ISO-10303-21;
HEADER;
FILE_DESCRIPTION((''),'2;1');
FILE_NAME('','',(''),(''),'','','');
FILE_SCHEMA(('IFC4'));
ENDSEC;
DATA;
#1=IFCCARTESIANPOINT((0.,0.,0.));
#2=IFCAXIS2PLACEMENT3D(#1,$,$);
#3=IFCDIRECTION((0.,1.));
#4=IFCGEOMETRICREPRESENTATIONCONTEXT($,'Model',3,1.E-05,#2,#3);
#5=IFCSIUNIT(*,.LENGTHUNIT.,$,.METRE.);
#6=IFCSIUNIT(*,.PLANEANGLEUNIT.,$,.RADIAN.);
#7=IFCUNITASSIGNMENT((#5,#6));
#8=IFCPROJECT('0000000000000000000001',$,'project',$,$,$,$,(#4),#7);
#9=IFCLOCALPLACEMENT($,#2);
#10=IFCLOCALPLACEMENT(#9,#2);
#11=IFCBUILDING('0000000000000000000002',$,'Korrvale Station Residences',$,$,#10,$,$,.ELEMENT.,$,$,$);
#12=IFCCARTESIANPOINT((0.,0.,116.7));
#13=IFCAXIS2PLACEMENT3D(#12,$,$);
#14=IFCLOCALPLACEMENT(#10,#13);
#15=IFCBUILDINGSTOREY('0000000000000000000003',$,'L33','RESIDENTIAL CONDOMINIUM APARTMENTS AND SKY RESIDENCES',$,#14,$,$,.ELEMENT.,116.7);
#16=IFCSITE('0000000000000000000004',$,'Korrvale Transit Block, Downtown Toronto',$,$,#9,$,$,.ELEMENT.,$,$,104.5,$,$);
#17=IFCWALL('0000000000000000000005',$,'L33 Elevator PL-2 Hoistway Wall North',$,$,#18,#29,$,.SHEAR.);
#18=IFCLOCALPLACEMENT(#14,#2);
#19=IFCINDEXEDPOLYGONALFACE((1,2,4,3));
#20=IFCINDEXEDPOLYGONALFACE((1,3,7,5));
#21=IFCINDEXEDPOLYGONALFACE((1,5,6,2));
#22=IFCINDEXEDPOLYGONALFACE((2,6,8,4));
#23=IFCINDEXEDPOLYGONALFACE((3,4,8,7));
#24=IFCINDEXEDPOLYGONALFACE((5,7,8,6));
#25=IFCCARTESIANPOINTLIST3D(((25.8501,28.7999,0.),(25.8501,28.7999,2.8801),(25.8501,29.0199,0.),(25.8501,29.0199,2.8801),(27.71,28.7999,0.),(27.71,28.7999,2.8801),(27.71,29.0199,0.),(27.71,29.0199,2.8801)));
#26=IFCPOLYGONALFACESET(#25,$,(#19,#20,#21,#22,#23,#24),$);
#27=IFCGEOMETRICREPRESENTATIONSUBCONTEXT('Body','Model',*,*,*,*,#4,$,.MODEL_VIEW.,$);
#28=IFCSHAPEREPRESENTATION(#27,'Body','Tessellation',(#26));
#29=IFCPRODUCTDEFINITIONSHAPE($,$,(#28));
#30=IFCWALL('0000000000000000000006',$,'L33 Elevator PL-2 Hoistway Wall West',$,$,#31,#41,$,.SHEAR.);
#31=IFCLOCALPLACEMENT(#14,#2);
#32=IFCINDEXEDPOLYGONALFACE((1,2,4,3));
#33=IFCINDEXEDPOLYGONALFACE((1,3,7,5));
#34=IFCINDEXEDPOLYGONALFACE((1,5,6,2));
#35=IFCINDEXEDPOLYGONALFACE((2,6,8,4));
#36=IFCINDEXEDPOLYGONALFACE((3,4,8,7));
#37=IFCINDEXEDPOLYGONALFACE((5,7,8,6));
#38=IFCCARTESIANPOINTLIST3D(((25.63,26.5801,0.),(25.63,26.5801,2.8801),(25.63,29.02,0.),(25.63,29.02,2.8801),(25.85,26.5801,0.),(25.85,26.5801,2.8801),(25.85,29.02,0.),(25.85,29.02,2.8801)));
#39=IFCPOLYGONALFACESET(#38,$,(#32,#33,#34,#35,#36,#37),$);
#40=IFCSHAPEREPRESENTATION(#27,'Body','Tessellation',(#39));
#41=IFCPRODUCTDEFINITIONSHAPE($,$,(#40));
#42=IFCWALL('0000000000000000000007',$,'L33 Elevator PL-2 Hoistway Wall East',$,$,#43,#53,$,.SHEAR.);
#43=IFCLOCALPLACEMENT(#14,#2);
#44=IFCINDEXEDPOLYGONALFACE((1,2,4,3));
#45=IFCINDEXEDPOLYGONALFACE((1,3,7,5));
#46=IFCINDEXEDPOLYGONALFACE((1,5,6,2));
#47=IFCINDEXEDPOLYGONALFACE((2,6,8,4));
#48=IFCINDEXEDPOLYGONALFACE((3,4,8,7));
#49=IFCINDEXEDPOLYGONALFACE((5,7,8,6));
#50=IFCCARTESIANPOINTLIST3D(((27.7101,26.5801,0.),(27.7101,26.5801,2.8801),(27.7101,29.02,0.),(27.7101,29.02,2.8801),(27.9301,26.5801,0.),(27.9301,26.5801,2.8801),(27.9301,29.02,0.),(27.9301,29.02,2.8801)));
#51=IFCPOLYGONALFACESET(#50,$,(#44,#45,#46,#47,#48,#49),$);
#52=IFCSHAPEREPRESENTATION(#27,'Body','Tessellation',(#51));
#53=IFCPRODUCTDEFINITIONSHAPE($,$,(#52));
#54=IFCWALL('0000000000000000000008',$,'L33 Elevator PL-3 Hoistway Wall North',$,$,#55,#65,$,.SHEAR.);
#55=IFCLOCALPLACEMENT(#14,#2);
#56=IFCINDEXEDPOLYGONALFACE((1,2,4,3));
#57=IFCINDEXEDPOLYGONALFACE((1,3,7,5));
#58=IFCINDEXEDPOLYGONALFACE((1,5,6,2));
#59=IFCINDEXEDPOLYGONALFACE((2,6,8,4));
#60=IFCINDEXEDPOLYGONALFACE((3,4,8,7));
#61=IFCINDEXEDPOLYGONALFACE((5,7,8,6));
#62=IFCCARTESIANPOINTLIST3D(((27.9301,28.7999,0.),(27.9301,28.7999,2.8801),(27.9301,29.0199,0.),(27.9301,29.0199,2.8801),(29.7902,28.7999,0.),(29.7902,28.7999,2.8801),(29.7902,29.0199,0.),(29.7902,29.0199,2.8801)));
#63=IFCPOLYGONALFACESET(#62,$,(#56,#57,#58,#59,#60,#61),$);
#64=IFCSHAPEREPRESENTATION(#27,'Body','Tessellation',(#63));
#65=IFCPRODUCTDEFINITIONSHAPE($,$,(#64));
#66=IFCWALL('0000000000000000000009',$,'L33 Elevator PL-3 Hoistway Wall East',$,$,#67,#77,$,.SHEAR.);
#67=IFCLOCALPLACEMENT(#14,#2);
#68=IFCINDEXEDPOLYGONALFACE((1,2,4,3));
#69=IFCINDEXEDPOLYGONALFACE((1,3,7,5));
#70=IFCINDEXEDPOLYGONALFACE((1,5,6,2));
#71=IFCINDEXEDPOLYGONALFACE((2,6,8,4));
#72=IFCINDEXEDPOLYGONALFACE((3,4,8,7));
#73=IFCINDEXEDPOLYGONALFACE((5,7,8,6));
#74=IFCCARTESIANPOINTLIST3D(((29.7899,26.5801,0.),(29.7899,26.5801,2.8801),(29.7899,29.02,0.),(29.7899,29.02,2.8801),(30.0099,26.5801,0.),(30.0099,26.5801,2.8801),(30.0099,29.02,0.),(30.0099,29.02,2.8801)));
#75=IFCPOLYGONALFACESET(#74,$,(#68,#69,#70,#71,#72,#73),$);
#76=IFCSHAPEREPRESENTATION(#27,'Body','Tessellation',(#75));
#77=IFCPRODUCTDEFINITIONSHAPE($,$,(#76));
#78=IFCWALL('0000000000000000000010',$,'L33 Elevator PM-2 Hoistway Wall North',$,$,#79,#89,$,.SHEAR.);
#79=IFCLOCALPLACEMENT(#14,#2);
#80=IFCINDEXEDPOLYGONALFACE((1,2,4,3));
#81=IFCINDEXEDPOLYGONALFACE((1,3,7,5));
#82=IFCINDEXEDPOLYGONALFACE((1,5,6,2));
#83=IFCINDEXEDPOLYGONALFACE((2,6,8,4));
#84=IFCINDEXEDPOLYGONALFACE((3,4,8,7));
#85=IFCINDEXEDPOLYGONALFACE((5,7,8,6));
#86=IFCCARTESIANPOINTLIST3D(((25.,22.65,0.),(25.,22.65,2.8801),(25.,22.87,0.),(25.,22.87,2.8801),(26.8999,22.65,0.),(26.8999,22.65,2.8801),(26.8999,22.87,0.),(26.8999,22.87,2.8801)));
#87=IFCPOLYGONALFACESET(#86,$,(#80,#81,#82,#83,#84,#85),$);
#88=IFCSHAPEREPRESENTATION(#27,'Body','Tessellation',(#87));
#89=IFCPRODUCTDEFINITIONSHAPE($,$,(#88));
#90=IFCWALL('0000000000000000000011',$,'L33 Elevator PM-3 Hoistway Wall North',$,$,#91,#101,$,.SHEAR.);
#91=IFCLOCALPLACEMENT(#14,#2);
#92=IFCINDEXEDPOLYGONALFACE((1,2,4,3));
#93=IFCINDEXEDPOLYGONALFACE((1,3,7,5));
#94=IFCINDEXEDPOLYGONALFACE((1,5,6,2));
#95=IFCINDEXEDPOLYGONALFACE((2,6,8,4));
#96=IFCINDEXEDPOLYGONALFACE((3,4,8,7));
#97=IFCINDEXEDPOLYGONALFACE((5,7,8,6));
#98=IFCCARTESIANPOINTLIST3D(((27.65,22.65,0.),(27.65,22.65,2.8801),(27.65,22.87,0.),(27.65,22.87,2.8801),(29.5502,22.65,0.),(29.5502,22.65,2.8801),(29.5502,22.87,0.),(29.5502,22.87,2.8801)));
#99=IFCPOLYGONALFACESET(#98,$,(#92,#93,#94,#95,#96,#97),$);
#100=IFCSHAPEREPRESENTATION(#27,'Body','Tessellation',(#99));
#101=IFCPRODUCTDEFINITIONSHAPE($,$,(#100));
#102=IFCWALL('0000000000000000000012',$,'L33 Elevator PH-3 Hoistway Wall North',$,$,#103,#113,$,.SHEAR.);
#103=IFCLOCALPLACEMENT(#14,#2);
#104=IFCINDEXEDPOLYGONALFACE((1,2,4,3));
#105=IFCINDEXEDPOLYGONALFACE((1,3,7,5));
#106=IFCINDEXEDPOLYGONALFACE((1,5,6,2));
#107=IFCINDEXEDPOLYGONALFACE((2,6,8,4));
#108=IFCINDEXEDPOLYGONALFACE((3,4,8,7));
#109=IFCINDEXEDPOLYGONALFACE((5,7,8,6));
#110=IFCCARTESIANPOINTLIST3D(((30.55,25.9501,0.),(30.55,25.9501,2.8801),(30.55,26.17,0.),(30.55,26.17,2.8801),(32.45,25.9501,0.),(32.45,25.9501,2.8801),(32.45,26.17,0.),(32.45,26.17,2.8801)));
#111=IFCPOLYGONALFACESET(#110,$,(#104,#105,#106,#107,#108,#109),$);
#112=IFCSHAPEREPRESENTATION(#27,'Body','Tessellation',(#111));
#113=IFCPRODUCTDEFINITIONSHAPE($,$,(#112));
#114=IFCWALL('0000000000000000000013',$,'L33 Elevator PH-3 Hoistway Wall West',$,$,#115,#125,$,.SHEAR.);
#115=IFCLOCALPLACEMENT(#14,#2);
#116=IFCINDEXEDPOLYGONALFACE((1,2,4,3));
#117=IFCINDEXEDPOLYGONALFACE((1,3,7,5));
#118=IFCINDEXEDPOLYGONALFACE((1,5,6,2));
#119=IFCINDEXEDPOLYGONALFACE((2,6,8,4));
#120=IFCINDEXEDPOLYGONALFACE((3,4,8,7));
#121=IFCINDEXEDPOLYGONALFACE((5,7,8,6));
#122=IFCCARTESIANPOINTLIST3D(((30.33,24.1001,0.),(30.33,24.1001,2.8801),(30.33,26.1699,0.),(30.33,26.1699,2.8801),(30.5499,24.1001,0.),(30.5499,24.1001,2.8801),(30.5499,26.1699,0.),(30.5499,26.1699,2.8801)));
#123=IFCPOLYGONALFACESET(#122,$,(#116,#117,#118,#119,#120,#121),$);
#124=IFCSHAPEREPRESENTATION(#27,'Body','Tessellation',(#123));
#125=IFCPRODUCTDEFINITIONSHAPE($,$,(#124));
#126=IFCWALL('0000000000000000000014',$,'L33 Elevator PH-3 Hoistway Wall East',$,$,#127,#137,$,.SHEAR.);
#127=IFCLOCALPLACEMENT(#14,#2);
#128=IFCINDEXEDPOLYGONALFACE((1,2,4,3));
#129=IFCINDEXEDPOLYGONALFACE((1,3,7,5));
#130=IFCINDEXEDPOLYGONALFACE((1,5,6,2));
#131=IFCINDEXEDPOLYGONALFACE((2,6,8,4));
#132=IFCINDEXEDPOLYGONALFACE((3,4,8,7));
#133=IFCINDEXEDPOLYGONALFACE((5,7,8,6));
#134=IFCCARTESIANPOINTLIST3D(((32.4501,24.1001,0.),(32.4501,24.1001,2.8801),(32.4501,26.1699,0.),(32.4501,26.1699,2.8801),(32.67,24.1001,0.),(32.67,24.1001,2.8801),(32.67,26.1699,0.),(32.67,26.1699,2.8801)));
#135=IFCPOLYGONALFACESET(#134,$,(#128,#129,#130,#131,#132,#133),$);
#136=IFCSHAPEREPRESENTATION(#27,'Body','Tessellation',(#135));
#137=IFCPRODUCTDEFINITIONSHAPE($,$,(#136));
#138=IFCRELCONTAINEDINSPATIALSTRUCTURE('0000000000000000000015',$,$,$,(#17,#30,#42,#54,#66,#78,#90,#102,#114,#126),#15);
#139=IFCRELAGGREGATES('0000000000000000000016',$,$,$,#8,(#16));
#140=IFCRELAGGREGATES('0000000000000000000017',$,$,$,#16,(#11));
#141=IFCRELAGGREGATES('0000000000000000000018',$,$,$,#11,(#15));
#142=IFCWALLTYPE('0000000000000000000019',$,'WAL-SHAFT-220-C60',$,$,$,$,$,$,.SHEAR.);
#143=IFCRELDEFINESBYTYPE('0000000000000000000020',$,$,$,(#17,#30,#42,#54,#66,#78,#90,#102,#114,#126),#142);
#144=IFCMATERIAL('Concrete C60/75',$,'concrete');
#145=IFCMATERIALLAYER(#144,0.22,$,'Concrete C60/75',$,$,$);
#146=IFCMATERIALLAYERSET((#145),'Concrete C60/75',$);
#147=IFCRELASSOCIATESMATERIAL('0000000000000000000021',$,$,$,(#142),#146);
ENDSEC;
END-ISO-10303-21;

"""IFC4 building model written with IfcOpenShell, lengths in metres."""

from ifc_helpers import new_model, si_unit, direction, frame, frame_2d, origin, place, context, subcontext, project, spatial, rectangle, extrude, material, layer, layer_set, type_object, element, save


model = new_model("IFC4")

# Units and contexts
model_context = context("Model", 3, precision=1e-05, world=origin(), true_north=direction((0.0, 1.0)))
body_context = subcontext(model_context, "Body", "Model", "MODEL_VIEW")
ifc_project = project(units=[si_unit("LENGTHUNIT", "METRE"), si_unit("PLANEANGLEUNIT", "RADIAN")], contexts=[model_context])

# Site, building, storey
site_placement = place(None, origin())
site = spatial("IfcSite", under=ifc_project, at=site_placement, Name="Korrvale Transit Block, Downtown Toronto", CompositionType="ELEMENT", RefElevation=104.5)
building_placement = place(site_placement, origin())
building = spatial("IfcBuilding", under=site, at=building_placement, Name="Korrvale Station Residences", CompositionType="ELEMENT")
storey_placement = place(building_placement, frame((0.0, 0.0, 116.7)))
storey = spatial("IfcBuildingStorey", under=building, at=storey_placement, Name="L33", Description="RESIDENTIAL CONDOMINIUM APARTMENTS AND SKY RESIDENCES", CompositionType="ELEMENT", Elevation=116.7)

# Shared definitions
ifc_material_1 = material(Name="Concrete C60/75", Category="concrete")

# Shared definitions
ifc_layer_1 = layer(ifc_material_1, 0.22, Name="Concrete C60/75")
ifc_layer_set_1 = layer_set([ifc_layer_1], Name="Concrete C60/75")
wall_type_1 = type_object("IfcWallType", Name="WAL-SHAFT-220-C60", PredefinedType="SHEAR", material=ifc_layer_set_1)

# Walls
wall_1_placement = place(storey_placement, frame((25.8501, 28.9099, 0.0), z_axis=(0.0, 0.0, 1.0), x_axis=(1.0, 0.0, 0.0)))
element("IfcWall", 1, at=wall_1_placement, inside=storey, type_object=wall_type_1, Name="L33 Elevator PL-2 Hoistway Wall North", PredefinedType="SHEAR", context=body_context, shape_type="SweptSolid", body=[
    extrude(rectangle(XDim=1.8599, YDim=0.22, at=frame_2d((0.9299, 0.0))), origin(), (0.0, 0.0, 1.0), 2.8801),
])
for number, where, z_axis, x_axis, name in (
    (2, (25.74, 26.5801, 0.0), (0.0, 0.0, 1.0), (0.0, 1.0, 0.0), "L33 Elevator PL-2 Hoistway Wall West"),
    (3, (27.8201, 26.5801, 0.0), (0.0, 0.0, 1.0), (0.0, 1.0, 0.0), "L33 Elevator PL-2 Hoistway Wall East"),
):
    element("IfcWall", number, at=place(storey_placement, frame(where, z_axis=z_axis, x_axis=x_axis)), inside=storey, type_object=wall_type_1, Name=name, PredefinedType="SHEAR", context=body_context, shape_type="SweptSolid", body=[
        extrude(rectangle(XDim=2.4399, YDim=0.22, at=frame_2d((1.22, 0.0))), origin(), (0.0, 0.0, 1.0), 2.8801),
    ])

# Walls
wall_2_placement = place(storey_placement, frame((27.9299, 28.9099, 0.0), z_axis=(0.0, 0.0, 1.0), x_axis=(1.0, 0.0, 0.0)))
element("IfcWall", 4, at=wall_2_placement, inside=storey, type_object=wall_type_1, Name="L33 Elevator PL-3 Hoistway Wall North", PredefinedType="SHEAR", context=body_context, shape_type="SweptSolid", body=[
    extrude(rectangle(XDim=1.8601, YDim=0.22, at=frame_2d((0.9302, 0.0))), origin(), (0.0, 0.0, 1.0), 2.8801),
])
wall_3_placement = place(storey_placement, frame((29.8999, 26.5801, 0.0), z_axis=(0.0, 0.0, 1.0), x_axis=(0.0, 1.0, 0.0)))
element("IfcWall", 5, at=wall_3_placement, inside=storey, type_object=wall_type_1, Name="L33 Elevator PL-3 Hoistway Wall East", PredefinedType="SHEAR", context=body_context, shape_type="SweptSolid", body=[
    extrude(rectangle(XDim=2.4399, YDim=0.22, at=frame_2d((1.22, 0.0))), origin(), (0.0, 0.0, 1.0), 2.8801),
])
wall_4_placement = place(storey_placement, frame((25.0, 22.76, 0.0), z_axis=(0.0, 0.0, 1.0), x_axis=(1.0, 0.0, 0.0)))
element("IfcWall", 6, at=wall_4_placement, inside=storey, type_object=wall_type_1, Name="L33 Elevator PM-2 Hoistway Wall North", PredefinedType="SHEAR", context=body_context, shape_type="SweptSolid", body=[
    extrude(rectangle(XDim=1.8999, YDim=0.22, at=frame_2d((0.95, 0.0))), origin(), (0.0, 0.0, 1.0), 2.8801),
])
wall_5_placement = place(storey_placement, frame((27.6499, 22.76, 0.0), z_axis=(0.0, 0.0, 1.0), x_axis=(1.0, 0.0, 0.0)))
element("IfcWall", 7, at=wall_5_placement, inside=storey, type_object=wall_type_1, Name="L33 Elevator PM-3 Hoistway Wall North", PredefinedType="SHEAR", context=body_context, shape_type="SweptSolid", body=[
    extrude(rectangle(XDim=1.9001, YDim=0.22, at=frame_2d((0.9502, 0.0))), origin(), (0.0, 0.0, 1.0), 2.8801),
])
wall_6_placement = place(storey_placement, frame((30.55, 26.0601, 0.0), z_axis=(0.0, 0.0, 1.0), x_axis=(1.0, 0.0, 0.0)))
element("IfcWall", 8, at=wall_6_placement, inside=storey, type_object=wall_type_1, Name="L33 Elevator PH-3 Hoistway Wall North", PredefinedType="SHEAR", context=body_context, shape_type="SweptSolid", body=[
    extrude(rectangle(XDim=1.8999, YDim=0.22, at=frame_2d((0.95, 0.0))), origin(), (0.0, 0.0, 1.0), 2.8801),
])
for number, where, z_axis, x_axis, name in (
    (9, (30.4399, 24.1001, 0.0), (0.0, 0.0, 1.0), (0.0, 1.0, 0.0), "L33 Elevator PH-3 Hoistway Wall West"),
    (10, (32.5601, 24.1001, 0.0), (0.0, 0.0, 1.0), (0.0, 1.0, 0.0), "L33 Elevator PH-3 Hoistway Wall East"),
):
    element("IfcWall", number, at=place(storey_placement, frame(where, z_axis=z_axis, x_axis=x_axis)), inside=storey, type_object=wall_type_1, Name=name, PredefinedType="SHEAR", context=body_context, shape_type="SweptSolid", body=[
        extrude(rectangle(XDim=2.0698, YDim=0.22, at=frame_2d((1.0349, 0.0))), origin(), (0.0, 0.0, 1.0), 2.8801),
    ])

save(model, "model.ifc")
